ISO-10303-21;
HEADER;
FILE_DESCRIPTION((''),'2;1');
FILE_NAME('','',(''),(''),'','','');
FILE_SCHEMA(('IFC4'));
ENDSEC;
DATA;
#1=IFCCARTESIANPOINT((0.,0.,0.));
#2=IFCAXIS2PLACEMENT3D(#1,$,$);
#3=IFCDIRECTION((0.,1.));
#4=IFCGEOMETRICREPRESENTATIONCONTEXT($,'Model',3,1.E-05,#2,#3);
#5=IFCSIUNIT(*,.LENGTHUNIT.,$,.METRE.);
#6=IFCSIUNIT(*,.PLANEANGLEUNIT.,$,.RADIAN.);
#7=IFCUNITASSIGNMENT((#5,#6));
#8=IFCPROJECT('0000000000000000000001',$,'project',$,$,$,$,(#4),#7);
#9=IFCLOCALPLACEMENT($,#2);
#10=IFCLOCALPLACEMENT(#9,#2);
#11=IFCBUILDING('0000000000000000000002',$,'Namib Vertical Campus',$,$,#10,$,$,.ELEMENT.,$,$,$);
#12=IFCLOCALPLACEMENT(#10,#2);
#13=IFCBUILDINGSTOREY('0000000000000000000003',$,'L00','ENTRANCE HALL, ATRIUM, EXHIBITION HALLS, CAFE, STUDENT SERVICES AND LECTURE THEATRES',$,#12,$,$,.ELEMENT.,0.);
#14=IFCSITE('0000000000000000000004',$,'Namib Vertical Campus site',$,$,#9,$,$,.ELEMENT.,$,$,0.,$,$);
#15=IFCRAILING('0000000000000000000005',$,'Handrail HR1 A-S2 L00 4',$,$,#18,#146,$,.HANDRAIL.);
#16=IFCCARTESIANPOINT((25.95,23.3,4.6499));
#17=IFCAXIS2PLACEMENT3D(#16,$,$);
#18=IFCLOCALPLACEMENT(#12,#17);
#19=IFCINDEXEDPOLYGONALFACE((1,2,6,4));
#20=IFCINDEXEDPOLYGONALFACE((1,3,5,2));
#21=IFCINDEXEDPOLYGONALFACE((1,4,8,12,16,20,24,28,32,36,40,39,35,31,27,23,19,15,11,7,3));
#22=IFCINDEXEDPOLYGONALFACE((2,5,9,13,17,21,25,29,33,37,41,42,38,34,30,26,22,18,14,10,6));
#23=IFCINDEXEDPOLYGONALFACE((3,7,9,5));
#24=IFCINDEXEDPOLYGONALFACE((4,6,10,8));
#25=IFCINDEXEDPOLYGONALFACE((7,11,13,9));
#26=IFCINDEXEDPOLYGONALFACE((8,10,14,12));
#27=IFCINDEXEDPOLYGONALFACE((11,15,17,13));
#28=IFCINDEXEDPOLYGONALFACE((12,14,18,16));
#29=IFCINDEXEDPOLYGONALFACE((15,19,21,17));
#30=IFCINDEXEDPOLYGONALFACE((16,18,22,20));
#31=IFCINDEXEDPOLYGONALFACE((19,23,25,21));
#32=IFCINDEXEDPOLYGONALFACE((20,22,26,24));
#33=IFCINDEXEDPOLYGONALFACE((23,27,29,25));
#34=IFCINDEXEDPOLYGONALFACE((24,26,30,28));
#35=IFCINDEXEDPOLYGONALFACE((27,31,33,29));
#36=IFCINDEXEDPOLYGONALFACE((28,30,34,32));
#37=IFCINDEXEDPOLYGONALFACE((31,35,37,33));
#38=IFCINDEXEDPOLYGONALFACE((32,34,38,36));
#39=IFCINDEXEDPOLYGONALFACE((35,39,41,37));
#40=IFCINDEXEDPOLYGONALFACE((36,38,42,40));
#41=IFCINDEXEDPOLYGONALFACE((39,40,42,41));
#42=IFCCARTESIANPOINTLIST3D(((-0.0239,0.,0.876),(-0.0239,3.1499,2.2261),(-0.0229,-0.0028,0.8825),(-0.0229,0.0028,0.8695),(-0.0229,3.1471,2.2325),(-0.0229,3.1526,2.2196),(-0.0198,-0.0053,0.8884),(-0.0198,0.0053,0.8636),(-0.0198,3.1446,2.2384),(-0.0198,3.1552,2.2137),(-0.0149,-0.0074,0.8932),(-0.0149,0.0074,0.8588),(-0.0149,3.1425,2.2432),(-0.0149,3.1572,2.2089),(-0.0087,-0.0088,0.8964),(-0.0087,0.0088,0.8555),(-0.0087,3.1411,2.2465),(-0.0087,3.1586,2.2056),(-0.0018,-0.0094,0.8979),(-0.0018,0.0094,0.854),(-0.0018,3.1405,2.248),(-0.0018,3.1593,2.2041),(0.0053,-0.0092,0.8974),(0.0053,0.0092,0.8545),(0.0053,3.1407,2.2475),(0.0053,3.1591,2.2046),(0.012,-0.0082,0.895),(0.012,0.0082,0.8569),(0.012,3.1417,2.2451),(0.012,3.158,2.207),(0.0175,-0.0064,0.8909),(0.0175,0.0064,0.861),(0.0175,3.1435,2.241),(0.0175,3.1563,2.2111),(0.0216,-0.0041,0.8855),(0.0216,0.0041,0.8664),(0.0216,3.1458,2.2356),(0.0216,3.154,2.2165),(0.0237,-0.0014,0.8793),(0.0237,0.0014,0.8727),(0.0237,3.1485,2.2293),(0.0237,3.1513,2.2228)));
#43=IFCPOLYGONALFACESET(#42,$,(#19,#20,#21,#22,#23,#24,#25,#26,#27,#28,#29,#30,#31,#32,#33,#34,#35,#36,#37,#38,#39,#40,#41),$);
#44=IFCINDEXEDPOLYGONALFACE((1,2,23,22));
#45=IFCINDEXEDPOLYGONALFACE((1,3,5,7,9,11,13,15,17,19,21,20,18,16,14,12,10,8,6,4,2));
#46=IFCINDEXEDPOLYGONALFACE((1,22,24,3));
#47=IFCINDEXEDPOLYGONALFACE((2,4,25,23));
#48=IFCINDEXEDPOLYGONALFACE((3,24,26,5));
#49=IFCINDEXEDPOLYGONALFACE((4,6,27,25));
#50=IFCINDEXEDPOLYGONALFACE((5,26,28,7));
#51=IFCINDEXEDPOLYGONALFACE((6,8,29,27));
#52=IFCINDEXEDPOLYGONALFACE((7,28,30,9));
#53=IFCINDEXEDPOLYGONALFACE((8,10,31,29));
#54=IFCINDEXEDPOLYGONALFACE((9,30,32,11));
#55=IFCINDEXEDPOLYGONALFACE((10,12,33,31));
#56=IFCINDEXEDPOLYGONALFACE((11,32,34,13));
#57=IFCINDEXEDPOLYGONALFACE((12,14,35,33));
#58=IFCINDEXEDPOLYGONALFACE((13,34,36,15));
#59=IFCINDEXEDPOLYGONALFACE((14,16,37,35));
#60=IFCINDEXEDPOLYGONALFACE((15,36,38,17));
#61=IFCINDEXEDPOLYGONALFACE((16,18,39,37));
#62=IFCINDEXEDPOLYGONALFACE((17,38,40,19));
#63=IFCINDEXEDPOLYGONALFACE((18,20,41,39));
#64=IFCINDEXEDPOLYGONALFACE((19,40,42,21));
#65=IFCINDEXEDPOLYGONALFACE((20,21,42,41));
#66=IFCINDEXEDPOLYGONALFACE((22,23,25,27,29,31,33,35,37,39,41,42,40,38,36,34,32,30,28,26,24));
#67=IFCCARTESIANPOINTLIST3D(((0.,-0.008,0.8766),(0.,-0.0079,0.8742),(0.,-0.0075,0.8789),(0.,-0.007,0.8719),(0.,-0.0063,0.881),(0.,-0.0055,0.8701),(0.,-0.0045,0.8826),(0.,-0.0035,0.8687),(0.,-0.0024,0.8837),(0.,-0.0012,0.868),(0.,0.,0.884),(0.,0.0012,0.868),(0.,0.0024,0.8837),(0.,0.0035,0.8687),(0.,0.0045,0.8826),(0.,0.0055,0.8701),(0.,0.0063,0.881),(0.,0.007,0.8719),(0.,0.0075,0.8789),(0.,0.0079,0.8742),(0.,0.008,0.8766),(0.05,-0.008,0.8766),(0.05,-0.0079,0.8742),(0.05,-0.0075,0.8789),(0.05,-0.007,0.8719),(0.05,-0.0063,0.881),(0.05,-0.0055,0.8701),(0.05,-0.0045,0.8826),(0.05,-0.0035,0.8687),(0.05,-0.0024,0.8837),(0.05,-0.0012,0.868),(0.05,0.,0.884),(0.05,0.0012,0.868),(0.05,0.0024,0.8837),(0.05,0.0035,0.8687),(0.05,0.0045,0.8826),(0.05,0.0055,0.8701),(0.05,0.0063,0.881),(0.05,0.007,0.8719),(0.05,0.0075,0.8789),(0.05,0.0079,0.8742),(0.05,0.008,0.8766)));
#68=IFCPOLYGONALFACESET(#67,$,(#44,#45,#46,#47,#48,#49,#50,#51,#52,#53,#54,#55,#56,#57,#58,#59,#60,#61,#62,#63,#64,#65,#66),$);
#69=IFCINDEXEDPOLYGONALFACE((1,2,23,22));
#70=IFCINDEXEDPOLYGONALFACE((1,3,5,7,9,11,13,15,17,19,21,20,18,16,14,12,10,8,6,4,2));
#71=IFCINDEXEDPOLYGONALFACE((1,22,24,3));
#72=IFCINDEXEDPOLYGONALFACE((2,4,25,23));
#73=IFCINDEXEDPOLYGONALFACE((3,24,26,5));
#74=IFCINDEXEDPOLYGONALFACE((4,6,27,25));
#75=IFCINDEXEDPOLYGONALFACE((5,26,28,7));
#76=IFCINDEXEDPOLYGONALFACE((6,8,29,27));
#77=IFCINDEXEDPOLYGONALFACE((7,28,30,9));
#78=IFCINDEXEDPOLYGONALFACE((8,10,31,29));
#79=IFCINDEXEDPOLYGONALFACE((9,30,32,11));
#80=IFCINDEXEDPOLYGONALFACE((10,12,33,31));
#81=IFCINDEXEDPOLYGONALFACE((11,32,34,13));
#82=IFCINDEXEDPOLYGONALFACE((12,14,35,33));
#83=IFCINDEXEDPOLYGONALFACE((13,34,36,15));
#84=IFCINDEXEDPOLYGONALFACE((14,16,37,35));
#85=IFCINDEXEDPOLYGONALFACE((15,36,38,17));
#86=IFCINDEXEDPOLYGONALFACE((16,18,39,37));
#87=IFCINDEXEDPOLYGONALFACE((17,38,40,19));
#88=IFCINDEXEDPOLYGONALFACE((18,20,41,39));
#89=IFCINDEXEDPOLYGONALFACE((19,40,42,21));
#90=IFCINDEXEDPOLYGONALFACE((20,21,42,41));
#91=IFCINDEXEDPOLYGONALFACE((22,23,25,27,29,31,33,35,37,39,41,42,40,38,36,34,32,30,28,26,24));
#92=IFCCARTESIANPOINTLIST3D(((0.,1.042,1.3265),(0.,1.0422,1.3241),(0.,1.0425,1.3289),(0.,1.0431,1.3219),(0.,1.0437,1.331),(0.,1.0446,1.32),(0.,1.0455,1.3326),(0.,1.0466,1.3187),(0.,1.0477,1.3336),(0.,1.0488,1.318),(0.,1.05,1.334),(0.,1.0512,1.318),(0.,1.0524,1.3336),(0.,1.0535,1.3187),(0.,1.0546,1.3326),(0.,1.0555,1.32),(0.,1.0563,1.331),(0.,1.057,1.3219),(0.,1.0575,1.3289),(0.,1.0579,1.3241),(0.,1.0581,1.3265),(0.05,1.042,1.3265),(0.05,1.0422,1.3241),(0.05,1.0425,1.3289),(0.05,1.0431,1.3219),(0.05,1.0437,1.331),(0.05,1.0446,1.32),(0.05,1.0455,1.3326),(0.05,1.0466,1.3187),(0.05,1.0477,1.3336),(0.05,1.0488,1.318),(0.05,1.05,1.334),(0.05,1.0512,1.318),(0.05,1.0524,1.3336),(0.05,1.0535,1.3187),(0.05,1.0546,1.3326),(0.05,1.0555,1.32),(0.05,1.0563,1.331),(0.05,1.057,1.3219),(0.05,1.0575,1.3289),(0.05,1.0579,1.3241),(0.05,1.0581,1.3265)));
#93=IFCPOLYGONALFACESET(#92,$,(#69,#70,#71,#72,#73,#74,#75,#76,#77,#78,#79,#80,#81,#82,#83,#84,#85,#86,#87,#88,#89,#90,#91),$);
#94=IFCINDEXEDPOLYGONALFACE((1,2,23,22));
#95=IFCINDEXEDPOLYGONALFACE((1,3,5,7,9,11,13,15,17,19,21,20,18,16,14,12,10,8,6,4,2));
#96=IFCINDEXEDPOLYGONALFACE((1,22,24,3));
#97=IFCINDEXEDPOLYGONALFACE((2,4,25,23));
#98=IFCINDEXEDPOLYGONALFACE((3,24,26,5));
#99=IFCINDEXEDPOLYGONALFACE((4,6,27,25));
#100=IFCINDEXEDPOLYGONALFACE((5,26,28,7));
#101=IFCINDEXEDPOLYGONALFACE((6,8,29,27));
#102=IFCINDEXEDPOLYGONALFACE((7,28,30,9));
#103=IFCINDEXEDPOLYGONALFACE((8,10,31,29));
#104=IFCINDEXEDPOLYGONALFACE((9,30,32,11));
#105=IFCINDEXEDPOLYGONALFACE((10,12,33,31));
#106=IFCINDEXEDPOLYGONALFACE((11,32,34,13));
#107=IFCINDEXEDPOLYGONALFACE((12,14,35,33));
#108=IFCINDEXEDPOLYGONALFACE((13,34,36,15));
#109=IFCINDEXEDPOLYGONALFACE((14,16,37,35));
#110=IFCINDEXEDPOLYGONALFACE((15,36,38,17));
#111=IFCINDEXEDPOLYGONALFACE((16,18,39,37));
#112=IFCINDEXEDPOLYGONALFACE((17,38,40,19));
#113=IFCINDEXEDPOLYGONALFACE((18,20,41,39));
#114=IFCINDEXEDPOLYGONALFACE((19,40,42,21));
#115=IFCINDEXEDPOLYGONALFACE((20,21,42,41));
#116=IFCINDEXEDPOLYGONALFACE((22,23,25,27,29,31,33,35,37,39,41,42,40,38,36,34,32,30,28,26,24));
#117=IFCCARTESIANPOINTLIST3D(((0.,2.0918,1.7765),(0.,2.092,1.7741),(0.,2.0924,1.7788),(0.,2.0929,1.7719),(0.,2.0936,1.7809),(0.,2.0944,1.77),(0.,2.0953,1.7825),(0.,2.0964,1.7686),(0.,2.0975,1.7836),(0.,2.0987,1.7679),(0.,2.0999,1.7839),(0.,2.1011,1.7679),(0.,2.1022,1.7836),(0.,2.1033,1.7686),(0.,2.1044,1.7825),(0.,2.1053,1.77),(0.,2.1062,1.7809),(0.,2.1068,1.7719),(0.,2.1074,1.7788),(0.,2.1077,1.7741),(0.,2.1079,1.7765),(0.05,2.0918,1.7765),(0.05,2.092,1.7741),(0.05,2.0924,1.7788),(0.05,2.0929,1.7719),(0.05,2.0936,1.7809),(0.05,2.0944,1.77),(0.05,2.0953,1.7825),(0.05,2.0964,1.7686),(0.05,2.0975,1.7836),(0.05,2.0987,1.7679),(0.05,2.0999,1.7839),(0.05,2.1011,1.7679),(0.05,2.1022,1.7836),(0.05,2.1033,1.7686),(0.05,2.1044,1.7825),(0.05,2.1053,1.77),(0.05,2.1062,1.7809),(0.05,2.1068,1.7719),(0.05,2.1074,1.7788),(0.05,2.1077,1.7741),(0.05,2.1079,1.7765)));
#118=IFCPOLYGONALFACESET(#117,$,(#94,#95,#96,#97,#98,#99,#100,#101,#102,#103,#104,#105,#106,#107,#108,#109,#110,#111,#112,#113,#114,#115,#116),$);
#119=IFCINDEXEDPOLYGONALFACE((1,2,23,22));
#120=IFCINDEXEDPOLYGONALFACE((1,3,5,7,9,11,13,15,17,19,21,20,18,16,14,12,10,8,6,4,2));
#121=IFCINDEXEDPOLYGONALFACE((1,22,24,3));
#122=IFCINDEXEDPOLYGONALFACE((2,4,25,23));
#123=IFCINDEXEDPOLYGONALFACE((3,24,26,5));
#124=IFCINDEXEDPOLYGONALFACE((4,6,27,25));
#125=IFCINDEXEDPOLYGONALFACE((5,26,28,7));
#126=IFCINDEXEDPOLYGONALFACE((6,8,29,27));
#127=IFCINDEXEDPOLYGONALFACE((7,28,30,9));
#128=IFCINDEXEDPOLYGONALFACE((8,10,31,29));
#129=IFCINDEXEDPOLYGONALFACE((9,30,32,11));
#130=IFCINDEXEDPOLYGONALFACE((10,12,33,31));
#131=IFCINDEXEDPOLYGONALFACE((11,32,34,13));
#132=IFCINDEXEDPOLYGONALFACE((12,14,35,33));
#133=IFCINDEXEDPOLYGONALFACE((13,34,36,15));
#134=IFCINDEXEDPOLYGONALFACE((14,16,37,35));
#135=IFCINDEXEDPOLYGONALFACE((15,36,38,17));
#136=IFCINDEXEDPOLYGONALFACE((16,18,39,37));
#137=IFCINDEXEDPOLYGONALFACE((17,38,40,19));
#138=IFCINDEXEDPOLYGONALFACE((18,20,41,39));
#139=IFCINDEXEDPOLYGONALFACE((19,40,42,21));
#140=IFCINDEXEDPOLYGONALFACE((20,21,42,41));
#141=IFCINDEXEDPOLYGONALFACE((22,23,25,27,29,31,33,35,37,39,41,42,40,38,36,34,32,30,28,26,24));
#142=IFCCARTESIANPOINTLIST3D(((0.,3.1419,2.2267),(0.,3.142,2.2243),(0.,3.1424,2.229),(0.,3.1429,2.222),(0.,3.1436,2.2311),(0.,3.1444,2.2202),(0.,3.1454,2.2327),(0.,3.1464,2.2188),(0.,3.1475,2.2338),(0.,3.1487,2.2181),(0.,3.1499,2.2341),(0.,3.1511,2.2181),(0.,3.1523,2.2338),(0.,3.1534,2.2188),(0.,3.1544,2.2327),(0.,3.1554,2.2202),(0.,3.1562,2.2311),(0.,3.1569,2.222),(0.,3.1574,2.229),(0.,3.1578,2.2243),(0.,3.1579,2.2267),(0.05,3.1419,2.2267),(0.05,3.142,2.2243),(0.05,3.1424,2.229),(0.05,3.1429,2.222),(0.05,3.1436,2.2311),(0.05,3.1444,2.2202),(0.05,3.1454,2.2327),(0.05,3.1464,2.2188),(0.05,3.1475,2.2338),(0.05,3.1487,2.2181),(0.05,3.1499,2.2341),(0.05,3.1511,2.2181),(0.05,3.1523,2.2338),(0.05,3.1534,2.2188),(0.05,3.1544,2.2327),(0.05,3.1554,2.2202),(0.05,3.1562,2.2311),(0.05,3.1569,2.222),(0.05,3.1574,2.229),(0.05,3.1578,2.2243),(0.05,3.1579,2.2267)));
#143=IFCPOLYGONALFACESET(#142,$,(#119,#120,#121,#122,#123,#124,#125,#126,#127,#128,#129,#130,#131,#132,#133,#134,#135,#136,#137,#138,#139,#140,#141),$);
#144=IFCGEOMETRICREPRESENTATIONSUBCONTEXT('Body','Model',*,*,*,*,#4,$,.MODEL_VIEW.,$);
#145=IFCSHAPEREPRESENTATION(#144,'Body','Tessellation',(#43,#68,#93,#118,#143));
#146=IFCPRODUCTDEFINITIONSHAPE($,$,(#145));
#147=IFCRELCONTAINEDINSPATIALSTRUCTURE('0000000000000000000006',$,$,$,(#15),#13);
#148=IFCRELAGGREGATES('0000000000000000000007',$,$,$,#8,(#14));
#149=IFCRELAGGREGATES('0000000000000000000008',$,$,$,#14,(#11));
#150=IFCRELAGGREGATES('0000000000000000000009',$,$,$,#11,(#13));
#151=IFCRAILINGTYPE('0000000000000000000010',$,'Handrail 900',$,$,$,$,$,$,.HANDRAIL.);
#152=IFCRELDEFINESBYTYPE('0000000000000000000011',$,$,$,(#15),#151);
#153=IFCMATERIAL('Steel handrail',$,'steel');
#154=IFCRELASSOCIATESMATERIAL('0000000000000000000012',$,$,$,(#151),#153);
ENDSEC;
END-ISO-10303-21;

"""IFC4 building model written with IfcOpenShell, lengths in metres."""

from ifc_helpers import new_model, si_unit, direction, frame, origin, origin_2d, place, context, subcontext, project, spatial, circle, extrude, material, type_object, element, save


model = new_model("IFC4")

# Units and contexts
model_context = context("Model", 3, precision=1e-05, world=origin(), true_north=direction((0.0, 1.0)))
body_context = subcontext(model_context, "Body", "Model", "MODEL_VIEW")
ifc_project = project(units=[si_unit("LENGTHUNIT", "METRE"), si_unit("PLANEANGLEUNIT", "RADIAN")], contexts=[model_context])

# Site, building, storey
site_placement = place(None, origin())
site = spatial("IfcSite", under=ifc_project, at=site_placement, Name="Namib Vertical Campus site", CompositionType="ELEMENT", RefElevation=0.0)
building_placement = place(site_placement, origin())
building = spatial("IfcBuilding", under=site, at=building_placement, Name="Namib Vertical Campus", CompositionType="ELEMENT")
storey_placement = place(building_placement, origin())
storey = spatial("IfcBuildingStorey", under=building, at=storey_placement, Name="L00", Description="ENTRANCE HALL, ATRIUM, EXHIBITION HALLS, CAFE, STUDENT SERVICES AND LECTURE THEATRES", CompositionType="ELEMENT", Elevation=0.0)

# Railing
ifc_material_1 = material(Name="Steel handrail", Category="steel")
railing_type_1 = type_object("IfcRailingType", Name="Handrail 900", PredefinedType="HANDRAIL", material=ifc_material_1)
railing_1_placement = place(storey_placement, frame((25.95, 23.3, 4.6499)))
element("IfcRailing", 1, at=railing_1_placement, inside=storey, type_object=railing_type_1, Name="Handrail HR1 A-S2 L00 4", PredefinedType="HANDRAIL", context=body_context, shape_type="SweptSolid", body=[
    extrude(circle(Radius=0.0239, at=origin_2d()), frame((0.0, 0.0, 0.876), z_axis=(0.0, 0.91913, 0.393954), x_axis=(-1.0, 0.0, 0.0)), (0.0, 0.0, 1.0), 3.427),
    extrude(circle(Radius=0.0081, at=origin_2d()), frame((0.0, 0.0, 0.876), z_axis=(1.0, 0.0, 0.0), x_axis=(0.0, 0.0, 1.0)), (0.0, 0.0, 1.0), 0.05),
    extrude(circle(Radius=0.0081, at=origin_2d()), frame((0.0, 1.05, 1.3259), z_axis=(1.0, 0.0, 0.0), x_axis=(0.0, 0.0, 1.0)), (0.0, 0.0, 1.0), 0.05),
    extrude(circle(Radius=0.0081, at=origin_2d()), frame((0.0, 2.0999, 1.7759), z_axis=(1.0, 0.0, 0.0), x_axis=(0.0, 0.0, 1.0)), (0.0, 0.0, 1.0), 0.05),
    extrude(circle(Radius=0.0081, at=origin_2d()), frame((0.0, 3.1499, 2.2261), z_axis=(1.0, 0.0, 0.0), x_axis=(0.0, 0.0, 1.0)), (0.0, 0.0, 1.0), 0.05),
])

save(model, "model.ifc")
